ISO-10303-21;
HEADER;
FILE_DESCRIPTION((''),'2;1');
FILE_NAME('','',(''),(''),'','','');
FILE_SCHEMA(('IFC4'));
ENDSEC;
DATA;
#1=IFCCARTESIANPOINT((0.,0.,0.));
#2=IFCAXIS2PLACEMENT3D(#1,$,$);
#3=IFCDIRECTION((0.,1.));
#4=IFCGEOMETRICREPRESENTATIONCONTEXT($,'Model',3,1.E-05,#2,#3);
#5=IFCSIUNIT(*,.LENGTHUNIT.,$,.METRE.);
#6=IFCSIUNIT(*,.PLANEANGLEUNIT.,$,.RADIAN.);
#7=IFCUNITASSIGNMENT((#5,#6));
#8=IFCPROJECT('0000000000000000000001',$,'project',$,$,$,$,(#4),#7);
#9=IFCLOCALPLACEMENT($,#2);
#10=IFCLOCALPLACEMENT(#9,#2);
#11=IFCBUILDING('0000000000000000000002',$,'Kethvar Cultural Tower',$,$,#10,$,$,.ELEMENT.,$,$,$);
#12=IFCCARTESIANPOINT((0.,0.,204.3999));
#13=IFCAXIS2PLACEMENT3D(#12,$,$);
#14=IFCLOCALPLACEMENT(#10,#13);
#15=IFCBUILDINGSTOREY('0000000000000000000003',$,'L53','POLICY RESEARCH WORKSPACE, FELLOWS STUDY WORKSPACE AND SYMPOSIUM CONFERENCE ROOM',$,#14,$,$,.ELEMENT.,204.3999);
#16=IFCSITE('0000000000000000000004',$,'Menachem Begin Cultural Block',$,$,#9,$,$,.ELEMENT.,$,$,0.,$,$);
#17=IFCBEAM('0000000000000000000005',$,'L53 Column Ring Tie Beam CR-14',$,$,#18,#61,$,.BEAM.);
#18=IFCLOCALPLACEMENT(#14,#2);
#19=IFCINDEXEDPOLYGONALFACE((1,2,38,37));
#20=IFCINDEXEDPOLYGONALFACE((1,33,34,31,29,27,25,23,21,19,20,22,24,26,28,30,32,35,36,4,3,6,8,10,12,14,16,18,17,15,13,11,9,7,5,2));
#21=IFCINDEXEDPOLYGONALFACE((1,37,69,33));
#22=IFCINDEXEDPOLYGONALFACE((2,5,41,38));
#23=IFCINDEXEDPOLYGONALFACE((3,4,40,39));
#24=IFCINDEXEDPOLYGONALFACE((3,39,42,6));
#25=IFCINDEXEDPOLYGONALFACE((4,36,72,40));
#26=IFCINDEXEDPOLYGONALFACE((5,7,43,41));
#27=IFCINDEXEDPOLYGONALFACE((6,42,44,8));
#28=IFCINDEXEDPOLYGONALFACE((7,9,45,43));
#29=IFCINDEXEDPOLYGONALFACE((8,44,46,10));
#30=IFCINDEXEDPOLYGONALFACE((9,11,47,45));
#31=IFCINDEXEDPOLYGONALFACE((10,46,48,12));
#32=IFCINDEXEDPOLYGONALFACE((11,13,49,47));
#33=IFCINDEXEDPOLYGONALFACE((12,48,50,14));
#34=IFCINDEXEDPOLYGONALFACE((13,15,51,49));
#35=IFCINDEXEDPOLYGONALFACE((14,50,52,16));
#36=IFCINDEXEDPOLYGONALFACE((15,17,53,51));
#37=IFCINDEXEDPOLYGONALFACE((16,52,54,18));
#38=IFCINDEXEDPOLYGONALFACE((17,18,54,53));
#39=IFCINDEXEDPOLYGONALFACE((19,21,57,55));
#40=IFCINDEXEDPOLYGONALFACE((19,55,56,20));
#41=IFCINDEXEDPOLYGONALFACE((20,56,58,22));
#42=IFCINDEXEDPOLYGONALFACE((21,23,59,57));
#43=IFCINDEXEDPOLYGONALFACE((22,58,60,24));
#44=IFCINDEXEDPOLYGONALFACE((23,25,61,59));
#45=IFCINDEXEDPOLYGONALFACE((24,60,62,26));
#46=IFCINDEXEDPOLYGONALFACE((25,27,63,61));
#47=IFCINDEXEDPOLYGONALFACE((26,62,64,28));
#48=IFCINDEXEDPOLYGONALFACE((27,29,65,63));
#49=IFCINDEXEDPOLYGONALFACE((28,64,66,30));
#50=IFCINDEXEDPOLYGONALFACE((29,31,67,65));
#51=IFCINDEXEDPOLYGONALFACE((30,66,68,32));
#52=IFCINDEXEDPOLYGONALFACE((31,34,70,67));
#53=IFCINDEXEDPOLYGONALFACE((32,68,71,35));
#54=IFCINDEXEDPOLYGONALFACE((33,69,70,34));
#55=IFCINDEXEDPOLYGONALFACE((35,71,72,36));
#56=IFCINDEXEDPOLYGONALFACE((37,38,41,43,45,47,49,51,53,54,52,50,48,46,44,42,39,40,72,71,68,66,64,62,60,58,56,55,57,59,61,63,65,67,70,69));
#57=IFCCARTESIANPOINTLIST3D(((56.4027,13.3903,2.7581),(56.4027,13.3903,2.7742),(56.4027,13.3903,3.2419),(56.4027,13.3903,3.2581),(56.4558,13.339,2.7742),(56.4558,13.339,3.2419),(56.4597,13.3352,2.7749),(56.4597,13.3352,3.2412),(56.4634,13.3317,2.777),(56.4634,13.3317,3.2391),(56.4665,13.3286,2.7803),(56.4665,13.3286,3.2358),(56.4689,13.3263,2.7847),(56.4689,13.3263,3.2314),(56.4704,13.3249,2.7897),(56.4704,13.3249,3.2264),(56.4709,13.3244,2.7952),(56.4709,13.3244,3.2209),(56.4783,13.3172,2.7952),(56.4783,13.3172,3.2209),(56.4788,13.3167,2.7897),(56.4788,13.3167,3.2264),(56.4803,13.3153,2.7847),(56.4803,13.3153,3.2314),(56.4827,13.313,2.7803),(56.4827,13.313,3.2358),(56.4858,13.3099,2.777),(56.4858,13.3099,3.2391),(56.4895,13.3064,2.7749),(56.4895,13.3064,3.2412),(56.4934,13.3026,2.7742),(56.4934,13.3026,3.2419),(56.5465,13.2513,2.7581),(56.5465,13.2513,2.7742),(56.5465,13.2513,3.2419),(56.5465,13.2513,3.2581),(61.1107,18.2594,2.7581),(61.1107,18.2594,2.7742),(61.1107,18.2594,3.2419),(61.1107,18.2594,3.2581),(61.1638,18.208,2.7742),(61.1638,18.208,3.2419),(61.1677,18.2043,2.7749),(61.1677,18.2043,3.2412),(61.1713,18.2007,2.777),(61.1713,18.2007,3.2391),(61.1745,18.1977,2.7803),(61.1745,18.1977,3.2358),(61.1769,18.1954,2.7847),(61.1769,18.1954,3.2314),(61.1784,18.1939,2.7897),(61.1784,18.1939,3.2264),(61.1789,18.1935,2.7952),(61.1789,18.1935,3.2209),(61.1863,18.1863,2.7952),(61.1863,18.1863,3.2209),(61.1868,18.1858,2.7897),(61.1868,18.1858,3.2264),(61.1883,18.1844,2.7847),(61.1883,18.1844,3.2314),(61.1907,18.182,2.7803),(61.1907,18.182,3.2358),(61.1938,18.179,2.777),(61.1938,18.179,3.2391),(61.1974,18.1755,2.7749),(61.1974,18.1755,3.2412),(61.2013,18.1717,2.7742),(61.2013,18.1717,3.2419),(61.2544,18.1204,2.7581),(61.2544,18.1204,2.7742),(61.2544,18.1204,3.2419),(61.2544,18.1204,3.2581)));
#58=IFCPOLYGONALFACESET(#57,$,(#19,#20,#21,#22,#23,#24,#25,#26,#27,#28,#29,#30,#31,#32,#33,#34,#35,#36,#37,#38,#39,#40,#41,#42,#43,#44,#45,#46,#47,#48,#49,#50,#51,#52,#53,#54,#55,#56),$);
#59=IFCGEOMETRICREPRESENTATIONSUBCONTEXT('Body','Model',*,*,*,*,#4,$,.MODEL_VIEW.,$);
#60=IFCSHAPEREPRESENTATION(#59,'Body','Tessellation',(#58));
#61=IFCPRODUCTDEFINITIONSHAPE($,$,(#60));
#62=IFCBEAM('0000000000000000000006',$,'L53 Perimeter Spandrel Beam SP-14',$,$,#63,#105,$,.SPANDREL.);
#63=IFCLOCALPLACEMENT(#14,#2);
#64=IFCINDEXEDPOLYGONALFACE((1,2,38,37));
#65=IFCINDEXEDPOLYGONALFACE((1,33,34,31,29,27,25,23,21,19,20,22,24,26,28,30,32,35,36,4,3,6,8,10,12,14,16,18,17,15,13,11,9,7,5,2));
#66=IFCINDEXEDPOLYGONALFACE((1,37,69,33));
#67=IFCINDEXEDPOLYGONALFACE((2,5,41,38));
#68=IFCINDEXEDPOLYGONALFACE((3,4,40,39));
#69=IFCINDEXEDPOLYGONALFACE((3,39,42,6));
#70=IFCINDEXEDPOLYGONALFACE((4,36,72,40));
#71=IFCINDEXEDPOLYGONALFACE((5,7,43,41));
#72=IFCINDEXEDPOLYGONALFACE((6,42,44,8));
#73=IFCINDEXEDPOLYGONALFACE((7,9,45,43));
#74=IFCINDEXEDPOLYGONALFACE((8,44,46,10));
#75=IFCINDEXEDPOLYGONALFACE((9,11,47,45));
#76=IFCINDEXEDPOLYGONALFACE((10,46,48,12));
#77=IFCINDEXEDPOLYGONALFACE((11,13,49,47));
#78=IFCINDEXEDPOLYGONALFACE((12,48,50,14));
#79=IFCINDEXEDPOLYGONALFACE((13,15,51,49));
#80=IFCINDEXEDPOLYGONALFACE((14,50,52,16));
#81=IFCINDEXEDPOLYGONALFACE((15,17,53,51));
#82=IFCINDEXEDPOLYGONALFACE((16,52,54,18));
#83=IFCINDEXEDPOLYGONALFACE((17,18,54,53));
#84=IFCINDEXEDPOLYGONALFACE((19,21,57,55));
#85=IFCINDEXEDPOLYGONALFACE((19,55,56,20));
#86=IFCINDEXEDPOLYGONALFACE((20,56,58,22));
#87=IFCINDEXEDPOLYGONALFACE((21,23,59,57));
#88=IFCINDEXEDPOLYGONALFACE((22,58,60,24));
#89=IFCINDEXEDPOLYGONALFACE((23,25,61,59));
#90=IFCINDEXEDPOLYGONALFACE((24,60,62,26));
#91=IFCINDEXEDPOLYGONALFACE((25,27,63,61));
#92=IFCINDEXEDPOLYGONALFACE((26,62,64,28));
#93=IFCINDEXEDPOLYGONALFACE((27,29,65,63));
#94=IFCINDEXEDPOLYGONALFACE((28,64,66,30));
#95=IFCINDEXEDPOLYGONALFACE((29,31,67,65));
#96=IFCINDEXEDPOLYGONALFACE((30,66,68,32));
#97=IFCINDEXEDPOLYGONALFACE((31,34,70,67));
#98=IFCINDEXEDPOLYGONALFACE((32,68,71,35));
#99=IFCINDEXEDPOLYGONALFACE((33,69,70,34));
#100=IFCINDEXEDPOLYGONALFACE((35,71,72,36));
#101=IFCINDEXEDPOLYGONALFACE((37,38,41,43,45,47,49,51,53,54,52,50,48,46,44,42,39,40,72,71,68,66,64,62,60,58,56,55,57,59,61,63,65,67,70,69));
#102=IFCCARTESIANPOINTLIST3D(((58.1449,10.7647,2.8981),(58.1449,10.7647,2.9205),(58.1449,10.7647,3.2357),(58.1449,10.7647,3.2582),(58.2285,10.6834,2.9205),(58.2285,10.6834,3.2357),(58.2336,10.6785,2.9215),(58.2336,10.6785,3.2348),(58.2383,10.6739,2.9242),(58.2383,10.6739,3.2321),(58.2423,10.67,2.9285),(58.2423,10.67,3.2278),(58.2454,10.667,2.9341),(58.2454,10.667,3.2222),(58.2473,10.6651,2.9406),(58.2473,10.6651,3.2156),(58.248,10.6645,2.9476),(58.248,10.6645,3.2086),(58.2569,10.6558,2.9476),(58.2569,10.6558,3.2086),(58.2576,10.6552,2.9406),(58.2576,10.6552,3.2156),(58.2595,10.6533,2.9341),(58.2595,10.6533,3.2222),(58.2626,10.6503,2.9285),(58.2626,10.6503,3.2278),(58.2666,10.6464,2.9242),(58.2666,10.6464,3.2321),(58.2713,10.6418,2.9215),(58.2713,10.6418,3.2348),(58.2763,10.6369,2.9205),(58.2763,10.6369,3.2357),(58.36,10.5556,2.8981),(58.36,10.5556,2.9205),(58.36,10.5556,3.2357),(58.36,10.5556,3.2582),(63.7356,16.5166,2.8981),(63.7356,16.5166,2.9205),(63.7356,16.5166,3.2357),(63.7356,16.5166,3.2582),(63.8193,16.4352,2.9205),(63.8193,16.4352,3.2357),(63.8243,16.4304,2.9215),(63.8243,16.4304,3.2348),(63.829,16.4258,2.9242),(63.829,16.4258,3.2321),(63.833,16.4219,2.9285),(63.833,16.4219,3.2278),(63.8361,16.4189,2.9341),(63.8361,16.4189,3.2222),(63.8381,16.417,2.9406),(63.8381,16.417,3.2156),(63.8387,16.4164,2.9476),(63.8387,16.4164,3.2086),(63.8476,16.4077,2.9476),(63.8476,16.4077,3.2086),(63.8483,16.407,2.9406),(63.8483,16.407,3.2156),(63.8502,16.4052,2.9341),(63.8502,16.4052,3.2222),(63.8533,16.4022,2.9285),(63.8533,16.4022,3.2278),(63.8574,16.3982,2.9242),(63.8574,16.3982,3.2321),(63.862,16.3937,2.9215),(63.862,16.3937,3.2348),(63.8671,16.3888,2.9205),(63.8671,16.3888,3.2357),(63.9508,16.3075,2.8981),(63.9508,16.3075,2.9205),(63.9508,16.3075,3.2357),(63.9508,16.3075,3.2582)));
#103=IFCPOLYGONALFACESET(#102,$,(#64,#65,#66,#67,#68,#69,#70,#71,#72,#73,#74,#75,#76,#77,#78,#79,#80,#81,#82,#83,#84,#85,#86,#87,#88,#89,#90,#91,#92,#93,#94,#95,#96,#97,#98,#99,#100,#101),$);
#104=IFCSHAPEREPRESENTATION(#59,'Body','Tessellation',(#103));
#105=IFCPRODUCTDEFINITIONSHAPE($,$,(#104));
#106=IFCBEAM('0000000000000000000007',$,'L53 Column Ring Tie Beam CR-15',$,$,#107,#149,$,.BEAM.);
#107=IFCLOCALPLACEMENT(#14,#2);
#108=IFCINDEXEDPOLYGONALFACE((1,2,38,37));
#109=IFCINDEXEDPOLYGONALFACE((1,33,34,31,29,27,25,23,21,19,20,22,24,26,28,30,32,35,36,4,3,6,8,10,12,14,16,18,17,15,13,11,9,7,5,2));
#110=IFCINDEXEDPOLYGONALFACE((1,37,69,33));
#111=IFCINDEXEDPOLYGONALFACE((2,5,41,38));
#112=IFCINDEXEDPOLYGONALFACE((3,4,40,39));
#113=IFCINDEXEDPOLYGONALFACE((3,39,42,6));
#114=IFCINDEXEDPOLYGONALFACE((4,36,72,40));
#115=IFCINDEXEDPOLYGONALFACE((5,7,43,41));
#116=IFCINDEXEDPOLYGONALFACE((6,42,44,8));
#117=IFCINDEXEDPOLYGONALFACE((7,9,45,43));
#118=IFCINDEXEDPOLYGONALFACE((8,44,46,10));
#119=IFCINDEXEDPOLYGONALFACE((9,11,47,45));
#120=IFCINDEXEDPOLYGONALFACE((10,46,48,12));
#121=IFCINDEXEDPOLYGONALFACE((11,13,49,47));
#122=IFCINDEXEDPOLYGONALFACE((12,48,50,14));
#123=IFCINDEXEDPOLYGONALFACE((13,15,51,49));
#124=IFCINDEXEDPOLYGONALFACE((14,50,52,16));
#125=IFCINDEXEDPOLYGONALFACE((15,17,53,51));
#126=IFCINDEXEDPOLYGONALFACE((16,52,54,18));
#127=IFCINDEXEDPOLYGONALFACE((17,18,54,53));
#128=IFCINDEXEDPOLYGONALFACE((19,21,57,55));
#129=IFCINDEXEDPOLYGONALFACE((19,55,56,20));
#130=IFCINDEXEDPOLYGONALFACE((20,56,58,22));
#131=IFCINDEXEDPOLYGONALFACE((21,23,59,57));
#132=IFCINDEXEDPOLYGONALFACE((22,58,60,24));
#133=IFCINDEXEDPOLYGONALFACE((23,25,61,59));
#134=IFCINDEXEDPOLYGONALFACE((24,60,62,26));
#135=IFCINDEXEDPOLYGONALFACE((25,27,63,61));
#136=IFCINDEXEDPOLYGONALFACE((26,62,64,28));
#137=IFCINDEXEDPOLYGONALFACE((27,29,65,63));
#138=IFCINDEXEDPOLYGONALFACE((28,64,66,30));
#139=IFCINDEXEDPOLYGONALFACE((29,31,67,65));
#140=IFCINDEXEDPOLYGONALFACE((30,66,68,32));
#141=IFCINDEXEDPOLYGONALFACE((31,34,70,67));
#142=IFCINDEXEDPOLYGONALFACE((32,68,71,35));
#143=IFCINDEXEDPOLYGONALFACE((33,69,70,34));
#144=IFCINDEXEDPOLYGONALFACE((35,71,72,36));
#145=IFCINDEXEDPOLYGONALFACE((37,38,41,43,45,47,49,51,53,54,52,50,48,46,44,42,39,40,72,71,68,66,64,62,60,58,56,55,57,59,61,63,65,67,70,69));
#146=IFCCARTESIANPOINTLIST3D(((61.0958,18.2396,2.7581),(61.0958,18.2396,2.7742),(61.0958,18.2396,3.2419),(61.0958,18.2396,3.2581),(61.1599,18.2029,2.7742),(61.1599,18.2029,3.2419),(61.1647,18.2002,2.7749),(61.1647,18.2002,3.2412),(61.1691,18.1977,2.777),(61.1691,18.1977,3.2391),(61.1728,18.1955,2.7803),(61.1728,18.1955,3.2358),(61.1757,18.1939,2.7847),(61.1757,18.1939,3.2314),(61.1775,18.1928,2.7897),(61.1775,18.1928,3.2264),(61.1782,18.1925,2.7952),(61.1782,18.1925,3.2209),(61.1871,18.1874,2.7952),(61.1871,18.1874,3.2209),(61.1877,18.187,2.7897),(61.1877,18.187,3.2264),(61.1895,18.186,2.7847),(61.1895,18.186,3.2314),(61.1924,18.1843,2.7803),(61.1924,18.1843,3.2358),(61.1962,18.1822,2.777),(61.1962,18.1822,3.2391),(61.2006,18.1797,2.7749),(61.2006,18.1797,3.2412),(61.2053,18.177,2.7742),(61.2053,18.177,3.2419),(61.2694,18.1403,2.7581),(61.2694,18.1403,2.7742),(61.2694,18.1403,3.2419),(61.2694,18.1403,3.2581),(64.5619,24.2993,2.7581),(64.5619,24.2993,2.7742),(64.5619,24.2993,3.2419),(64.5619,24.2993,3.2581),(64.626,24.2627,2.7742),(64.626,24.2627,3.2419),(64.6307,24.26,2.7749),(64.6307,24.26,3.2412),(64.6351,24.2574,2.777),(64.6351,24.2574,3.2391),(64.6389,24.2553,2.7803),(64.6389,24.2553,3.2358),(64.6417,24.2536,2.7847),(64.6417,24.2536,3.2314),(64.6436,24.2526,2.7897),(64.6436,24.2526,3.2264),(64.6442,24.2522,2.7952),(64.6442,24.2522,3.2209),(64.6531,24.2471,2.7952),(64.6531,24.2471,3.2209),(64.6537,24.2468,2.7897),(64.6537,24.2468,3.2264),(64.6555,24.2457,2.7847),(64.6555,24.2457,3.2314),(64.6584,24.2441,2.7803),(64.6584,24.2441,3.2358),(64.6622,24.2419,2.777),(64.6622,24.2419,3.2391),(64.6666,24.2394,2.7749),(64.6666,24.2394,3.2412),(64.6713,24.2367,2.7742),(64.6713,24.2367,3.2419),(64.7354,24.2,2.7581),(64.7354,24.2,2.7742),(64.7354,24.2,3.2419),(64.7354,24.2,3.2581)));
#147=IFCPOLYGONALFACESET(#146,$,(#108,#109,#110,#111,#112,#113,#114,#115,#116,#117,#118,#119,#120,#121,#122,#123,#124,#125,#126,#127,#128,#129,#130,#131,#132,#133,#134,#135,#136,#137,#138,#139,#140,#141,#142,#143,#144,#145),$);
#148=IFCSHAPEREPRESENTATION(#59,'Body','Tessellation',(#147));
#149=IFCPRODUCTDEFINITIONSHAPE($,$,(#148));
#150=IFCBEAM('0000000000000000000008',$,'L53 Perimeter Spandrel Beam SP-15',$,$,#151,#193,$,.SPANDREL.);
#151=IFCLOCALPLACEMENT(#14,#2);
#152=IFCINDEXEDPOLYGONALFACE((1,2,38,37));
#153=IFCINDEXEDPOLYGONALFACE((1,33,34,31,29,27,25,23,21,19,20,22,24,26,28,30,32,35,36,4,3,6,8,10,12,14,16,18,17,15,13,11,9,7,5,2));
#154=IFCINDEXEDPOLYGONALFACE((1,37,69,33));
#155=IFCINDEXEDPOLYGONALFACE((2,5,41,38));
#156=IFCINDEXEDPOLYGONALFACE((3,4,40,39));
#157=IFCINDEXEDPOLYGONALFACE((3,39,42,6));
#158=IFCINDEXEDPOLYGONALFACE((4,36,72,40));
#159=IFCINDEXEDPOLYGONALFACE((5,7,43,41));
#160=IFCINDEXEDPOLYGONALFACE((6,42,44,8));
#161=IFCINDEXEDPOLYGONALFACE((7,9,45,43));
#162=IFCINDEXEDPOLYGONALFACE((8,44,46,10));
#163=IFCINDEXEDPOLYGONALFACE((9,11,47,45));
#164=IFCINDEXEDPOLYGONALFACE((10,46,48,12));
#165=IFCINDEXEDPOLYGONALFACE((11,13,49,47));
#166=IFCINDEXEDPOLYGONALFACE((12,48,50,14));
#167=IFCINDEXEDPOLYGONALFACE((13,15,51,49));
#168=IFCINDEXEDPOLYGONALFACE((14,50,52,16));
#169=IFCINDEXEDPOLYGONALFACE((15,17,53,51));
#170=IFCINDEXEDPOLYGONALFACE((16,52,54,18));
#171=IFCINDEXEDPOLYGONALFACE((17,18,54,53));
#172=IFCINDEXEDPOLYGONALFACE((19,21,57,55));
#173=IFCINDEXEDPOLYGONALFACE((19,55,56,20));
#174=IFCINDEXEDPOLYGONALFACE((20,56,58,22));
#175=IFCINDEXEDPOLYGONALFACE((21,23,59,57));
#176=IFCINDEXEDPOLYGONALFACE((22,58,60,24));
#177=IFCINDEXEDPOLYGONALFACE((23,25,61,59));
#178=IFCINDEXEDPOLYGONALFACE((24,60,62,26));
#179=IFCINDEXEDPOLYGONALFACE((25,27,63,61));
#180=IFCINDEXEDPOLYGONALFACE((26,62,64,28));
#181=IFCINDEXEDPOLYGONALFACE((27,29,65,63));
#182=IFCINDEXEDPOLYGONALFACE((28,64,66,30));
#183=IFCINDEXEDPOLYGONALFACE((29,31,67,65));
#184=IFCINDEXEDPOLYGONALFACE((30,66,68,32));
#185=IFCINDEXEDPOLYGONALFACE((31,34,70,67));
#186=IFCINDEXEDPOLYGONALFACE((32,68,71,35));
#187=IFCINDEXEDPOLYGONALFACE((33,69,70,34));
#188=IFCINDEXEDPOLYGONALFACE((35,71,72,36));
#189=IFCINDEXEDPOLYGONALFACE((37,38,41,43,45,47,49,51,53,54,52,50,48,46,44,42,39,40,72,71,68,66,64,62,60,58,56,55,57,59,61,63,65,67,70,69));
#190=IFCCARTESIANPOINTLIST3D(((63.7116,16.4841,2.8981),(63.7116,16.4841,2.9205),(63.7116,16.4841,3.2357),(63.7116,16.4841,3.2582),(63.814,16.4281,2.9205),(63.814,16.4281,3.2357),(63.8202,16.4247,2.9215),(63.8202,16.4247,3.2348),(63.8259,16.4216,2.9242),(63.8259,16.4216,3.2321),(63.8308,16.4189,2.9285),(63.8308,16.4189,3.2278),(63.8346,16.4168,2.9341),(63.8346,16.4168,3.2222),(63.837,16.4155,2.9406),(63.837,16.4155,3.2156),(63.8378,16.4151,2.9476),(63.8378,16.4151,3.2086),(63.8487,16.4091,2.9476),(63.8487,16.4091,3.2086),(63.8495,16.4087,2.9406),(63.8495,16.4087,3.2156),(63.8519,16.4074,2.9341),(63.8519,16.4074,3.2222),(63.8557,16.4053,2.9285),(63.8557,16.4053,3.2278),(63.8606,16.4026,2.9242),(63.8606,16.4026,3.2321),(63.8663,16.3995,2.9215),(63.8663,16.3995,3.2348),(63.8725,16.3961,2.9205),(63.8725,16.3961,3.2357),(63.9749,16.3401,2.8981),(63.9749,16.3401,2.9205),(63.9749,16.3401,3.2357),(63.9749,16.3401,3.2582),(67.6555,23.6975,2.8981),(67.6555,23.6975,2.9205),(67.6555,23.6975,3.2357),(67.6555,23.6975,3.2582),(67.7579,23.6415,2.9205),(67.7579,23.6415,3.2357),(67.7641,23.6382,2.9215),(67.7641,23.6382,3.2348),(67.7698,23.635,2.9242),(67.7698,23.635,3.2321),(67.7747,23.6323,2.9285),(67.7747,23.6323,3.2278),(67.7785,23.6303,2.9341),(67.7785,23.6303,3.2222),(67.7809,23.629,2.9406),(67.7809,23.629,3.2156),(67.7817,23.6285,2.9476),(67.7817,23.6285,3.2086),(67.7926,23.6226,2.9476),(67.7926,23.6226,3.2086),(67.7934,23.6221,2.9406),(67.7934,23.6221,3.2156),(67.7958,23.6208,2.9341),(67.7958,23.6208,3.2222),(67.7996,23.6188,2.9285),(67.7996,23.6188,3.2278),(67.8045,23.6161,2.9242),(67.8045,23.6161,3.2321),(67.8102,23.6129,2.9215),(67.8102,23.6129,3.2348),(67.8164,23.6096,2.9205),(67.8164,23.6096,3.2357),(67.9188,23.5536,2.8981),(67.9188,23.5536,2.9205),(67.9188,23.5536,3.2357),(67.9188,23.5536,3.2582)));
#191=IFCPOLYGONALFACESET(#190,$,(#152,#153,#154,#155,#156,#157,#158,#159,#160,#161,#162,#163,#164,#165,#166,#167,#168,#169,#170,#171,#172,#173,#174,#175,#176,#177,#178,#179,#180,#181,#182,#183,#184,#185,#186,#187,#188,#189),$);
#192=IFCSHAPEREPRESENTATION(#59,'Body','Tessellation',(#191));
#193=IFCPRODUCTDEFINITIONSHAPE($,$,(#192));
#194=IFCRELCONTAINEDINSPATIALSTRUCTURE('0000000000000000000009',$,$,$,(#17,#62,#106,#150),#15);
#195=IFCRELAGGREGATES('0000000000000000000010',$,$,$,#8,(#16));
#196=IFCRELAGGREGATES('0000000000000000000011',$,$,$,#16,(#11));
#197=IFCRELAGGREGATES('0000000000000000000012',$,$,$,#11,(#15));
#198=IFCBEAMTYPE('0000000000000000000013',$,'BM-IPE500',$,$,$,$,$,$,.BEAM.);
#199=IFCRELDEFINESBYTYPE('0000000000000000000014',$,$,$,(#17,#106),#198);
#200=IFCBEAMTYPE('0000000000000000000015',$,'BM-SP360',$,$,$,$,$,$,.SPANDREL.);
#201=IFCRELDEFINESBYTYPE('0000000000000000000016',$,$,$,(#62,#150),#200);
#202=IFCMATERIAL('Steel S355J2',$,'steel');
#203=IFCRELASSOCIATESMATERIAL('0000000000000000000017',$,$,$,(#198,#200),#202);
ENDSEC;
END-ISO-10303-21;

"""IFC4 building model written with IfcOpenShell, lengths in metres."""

from ifc_helpers import new_model, si_unit, direction, frame, origin, origin_2d, place, context, subcontext, project, spatial, i_section, extrude, source, transform, mapped, material, material_profile, profile_set, type_object, element, save


model = new_model("IFC4")

# Units and contexts
model_context = context("Model", 3, precision=1e-05, world=origin(), true_north=direction((0.0, 1.0)))
body_context = subcontext(model_context, "Body", "Model", "MODEL_VIEW")
ifc_project = project(units=[si_unit("LENGTHUNIT", "METRE"), si_unit("PLANEANGLEUNIT", "RADIAN")], contexts=[model_context])

# Site, building, storey
site_placement = place(None, origin())
site = spatial("IfcSite", under=ifc_project, at=site_placement, Name="Menachem Begin Cultural Block", CompositionType="ELEMENT", RefElevation=0.0)
building_placement = place(site_placement, origin())
building = spatial("IfcBuilding", under=site, at=building_placement, Name="Kethvar Cultural Tower", CompositionType="ELEMENT")
storey_placement = place(building_placement, frame((0.0, 0.0, 204.3999)))
storey = spatial("IfcBuildingStorey", under=building, at=storey_placement, Name="L53", Description="POLICY RESEARCH WORKSPACE, FELLOWS STUDY WORKSPACE AND SYMPOSIUM CONFERENCE ROOM", CompositionType="ELEMENT", Elevation=204.3999)

# Beams
ifc_material_1 = material(Name="Steel S355J2", Category="steel")
ifc_material_profile_1 = material_profile(ifc_material_1, i_section(OverallWidth=0.2, OverallDepth=0.5, WebThickness=0.0103, FlangeThickness=0.0161, FilletRadius=0.021, at=origin_2d()), Name="Steel S355J2 — IPE500")
ifc_profile_set_1 = profile_set([ifc_material_profile_1], Name="Steel S355J2 — IPE500")
beam_type_1 = type_object("IfcBeamType", Name="BM-IPE500", PredefinedType="BEAM", material=ifc_profile_set_1)
shared_shape_1 = source(origin(), body_context, "Body", "SweptSolid", [
    extrude(i_section(OverallWidth=0.2, OverallDepth=0.5, WebThickness=0.0103, FlangeThickness=0.0161, FilletRadius=0.021, at=origin_2d()), origin(), (0.0, 0.0, 1.0), 6.7729),
])
beam_1_placement = place(storey_placement, frame((56.4746, 13.3208, 3.0081), z_axis=(0.695112, 0.718902, 0.0), x_axis=(-0.718902, 0.695112, 0.0)))
element("IfcBeam", 1, at=beam_1_placement, inside=storey, type_object=beam_type_1, Name="L53 Column Ring Tie Beam CR-14", PredefinedType="BEAM", context=body_context, shape_type="MappedRepresentation", body=[
    mapped(shared_shape_1, transform((0.0, 0.0, 0.0), scale=1.0)),
])
ifc_material_profile_2 = material_profile(ifc_material_1, i_section(OverallWidth=0.3, OverallDepth=0.3601, WebThickness=0.0125, FlangeThickness=0.0225, FilletRadius=0.0271, at=origin_2d()), Name="Steel S355J2 — HEB360")
ifc_profile_set_2 = profile_set([ifc_material_profile_2], Name="Steel S355J2 — HEB360")
beam_type_2 = type_object("IfcBeamType", Name="BM-SP360", PredefinedType="SPANDREL", material=ifc_profile_set_2)
shared_shape_2 = source(origin(), body_context, "Body", "SweptSolid", [
    extrude(i_section(OverallWidth=0.3, OverallDepth=0.3601, WebThickness=0.0125, FlangeThickness=0.0225, FilletRadius=0.0271, at=origin_2d()), origin(), (0.0, 0.0, 1.0), 8.0212),
])
beam_2_placement = place(storey_placement, frame((58.2524, 10.6602, 3.0781), z_axis=(0.696991, 0.717079, 0.0), x_axis=(-0.717079, 0.696991, 0.0)))
element("IfcBeam", 2, at=beam_2_placement, inside=storey, type_object=beam_type_2, Name="L53 Perimeter Spandrel Beam SP-14", PredefinedType="SPANDREL", context=body_context, shape_type="MappedRepresentation", body=[
    mapped(shared_shape_2, transform((0.0, 0.0, 0.0), scale=1.0)),
])
shared_shape_3 = source(origin(), body_context, "Body", "SweptSolid", [
    extrude(i_section(OverallWidth=0.2, OverallDepth=0.5, WebThickness=0.0103, FlangeThickness=0.0161, FilletRadius=0.021, at=origin_2d()), origin(), (0.0, 0.0, 1.0), 6.981),
])
beam_3_placement = place(storey_placement, frame((61.1826, 18.1899, 3.0081), z_axis=(0.496497, 0.868039, 0.0), x_axis=(-0.868039, 0.496497, 0.0)))
element("IfcBeam", 3, at=beam_3_placement, inside=storey, type_object=beam_type_1, Name="L53 Column Ring Tie Beam CR-15", PredefinedType="BEAM", context=body_context, shape_type="MappedRepresentation", body=[
    mapped(shared_shape_3, transform((0.0, 0.0, 0.0), scale=1.0)),
])
shared_shape_4 = source(origin(), body_context, "Body", "SweptSolid", [
    extrude(i_section(OverallWidth=0.3, OverallDepth=0.3601, WebThickness=0.0125, FlangeThickness=0.0225, FilletRadius=0.0271, at=origin_2d()), origin(), (0.0, 0.0, 1.0), 8.2212),
])
beam_4_placement = place(storey_placement, frame((63.8433, 16.4121, 3.0781), z_axis=(0.479722, 0.877421, 0.0), x_axis=(-0.877421, 0.479722, 0.0)))
element("IfcBeam", 4, at=beam_4_placement, inside=storey, type_object=beam_type_2, Name="L53 Perimeter Spandrel Beam SP-15", PredefinedType="SPANDREL", context=body_context, shape_type="MappedRepresentation", body=[
    mapped(shared_shape_4, transform((0.0, 0.0, 0.0), scale=1.0)),
])

save(model, "model.ifc")
